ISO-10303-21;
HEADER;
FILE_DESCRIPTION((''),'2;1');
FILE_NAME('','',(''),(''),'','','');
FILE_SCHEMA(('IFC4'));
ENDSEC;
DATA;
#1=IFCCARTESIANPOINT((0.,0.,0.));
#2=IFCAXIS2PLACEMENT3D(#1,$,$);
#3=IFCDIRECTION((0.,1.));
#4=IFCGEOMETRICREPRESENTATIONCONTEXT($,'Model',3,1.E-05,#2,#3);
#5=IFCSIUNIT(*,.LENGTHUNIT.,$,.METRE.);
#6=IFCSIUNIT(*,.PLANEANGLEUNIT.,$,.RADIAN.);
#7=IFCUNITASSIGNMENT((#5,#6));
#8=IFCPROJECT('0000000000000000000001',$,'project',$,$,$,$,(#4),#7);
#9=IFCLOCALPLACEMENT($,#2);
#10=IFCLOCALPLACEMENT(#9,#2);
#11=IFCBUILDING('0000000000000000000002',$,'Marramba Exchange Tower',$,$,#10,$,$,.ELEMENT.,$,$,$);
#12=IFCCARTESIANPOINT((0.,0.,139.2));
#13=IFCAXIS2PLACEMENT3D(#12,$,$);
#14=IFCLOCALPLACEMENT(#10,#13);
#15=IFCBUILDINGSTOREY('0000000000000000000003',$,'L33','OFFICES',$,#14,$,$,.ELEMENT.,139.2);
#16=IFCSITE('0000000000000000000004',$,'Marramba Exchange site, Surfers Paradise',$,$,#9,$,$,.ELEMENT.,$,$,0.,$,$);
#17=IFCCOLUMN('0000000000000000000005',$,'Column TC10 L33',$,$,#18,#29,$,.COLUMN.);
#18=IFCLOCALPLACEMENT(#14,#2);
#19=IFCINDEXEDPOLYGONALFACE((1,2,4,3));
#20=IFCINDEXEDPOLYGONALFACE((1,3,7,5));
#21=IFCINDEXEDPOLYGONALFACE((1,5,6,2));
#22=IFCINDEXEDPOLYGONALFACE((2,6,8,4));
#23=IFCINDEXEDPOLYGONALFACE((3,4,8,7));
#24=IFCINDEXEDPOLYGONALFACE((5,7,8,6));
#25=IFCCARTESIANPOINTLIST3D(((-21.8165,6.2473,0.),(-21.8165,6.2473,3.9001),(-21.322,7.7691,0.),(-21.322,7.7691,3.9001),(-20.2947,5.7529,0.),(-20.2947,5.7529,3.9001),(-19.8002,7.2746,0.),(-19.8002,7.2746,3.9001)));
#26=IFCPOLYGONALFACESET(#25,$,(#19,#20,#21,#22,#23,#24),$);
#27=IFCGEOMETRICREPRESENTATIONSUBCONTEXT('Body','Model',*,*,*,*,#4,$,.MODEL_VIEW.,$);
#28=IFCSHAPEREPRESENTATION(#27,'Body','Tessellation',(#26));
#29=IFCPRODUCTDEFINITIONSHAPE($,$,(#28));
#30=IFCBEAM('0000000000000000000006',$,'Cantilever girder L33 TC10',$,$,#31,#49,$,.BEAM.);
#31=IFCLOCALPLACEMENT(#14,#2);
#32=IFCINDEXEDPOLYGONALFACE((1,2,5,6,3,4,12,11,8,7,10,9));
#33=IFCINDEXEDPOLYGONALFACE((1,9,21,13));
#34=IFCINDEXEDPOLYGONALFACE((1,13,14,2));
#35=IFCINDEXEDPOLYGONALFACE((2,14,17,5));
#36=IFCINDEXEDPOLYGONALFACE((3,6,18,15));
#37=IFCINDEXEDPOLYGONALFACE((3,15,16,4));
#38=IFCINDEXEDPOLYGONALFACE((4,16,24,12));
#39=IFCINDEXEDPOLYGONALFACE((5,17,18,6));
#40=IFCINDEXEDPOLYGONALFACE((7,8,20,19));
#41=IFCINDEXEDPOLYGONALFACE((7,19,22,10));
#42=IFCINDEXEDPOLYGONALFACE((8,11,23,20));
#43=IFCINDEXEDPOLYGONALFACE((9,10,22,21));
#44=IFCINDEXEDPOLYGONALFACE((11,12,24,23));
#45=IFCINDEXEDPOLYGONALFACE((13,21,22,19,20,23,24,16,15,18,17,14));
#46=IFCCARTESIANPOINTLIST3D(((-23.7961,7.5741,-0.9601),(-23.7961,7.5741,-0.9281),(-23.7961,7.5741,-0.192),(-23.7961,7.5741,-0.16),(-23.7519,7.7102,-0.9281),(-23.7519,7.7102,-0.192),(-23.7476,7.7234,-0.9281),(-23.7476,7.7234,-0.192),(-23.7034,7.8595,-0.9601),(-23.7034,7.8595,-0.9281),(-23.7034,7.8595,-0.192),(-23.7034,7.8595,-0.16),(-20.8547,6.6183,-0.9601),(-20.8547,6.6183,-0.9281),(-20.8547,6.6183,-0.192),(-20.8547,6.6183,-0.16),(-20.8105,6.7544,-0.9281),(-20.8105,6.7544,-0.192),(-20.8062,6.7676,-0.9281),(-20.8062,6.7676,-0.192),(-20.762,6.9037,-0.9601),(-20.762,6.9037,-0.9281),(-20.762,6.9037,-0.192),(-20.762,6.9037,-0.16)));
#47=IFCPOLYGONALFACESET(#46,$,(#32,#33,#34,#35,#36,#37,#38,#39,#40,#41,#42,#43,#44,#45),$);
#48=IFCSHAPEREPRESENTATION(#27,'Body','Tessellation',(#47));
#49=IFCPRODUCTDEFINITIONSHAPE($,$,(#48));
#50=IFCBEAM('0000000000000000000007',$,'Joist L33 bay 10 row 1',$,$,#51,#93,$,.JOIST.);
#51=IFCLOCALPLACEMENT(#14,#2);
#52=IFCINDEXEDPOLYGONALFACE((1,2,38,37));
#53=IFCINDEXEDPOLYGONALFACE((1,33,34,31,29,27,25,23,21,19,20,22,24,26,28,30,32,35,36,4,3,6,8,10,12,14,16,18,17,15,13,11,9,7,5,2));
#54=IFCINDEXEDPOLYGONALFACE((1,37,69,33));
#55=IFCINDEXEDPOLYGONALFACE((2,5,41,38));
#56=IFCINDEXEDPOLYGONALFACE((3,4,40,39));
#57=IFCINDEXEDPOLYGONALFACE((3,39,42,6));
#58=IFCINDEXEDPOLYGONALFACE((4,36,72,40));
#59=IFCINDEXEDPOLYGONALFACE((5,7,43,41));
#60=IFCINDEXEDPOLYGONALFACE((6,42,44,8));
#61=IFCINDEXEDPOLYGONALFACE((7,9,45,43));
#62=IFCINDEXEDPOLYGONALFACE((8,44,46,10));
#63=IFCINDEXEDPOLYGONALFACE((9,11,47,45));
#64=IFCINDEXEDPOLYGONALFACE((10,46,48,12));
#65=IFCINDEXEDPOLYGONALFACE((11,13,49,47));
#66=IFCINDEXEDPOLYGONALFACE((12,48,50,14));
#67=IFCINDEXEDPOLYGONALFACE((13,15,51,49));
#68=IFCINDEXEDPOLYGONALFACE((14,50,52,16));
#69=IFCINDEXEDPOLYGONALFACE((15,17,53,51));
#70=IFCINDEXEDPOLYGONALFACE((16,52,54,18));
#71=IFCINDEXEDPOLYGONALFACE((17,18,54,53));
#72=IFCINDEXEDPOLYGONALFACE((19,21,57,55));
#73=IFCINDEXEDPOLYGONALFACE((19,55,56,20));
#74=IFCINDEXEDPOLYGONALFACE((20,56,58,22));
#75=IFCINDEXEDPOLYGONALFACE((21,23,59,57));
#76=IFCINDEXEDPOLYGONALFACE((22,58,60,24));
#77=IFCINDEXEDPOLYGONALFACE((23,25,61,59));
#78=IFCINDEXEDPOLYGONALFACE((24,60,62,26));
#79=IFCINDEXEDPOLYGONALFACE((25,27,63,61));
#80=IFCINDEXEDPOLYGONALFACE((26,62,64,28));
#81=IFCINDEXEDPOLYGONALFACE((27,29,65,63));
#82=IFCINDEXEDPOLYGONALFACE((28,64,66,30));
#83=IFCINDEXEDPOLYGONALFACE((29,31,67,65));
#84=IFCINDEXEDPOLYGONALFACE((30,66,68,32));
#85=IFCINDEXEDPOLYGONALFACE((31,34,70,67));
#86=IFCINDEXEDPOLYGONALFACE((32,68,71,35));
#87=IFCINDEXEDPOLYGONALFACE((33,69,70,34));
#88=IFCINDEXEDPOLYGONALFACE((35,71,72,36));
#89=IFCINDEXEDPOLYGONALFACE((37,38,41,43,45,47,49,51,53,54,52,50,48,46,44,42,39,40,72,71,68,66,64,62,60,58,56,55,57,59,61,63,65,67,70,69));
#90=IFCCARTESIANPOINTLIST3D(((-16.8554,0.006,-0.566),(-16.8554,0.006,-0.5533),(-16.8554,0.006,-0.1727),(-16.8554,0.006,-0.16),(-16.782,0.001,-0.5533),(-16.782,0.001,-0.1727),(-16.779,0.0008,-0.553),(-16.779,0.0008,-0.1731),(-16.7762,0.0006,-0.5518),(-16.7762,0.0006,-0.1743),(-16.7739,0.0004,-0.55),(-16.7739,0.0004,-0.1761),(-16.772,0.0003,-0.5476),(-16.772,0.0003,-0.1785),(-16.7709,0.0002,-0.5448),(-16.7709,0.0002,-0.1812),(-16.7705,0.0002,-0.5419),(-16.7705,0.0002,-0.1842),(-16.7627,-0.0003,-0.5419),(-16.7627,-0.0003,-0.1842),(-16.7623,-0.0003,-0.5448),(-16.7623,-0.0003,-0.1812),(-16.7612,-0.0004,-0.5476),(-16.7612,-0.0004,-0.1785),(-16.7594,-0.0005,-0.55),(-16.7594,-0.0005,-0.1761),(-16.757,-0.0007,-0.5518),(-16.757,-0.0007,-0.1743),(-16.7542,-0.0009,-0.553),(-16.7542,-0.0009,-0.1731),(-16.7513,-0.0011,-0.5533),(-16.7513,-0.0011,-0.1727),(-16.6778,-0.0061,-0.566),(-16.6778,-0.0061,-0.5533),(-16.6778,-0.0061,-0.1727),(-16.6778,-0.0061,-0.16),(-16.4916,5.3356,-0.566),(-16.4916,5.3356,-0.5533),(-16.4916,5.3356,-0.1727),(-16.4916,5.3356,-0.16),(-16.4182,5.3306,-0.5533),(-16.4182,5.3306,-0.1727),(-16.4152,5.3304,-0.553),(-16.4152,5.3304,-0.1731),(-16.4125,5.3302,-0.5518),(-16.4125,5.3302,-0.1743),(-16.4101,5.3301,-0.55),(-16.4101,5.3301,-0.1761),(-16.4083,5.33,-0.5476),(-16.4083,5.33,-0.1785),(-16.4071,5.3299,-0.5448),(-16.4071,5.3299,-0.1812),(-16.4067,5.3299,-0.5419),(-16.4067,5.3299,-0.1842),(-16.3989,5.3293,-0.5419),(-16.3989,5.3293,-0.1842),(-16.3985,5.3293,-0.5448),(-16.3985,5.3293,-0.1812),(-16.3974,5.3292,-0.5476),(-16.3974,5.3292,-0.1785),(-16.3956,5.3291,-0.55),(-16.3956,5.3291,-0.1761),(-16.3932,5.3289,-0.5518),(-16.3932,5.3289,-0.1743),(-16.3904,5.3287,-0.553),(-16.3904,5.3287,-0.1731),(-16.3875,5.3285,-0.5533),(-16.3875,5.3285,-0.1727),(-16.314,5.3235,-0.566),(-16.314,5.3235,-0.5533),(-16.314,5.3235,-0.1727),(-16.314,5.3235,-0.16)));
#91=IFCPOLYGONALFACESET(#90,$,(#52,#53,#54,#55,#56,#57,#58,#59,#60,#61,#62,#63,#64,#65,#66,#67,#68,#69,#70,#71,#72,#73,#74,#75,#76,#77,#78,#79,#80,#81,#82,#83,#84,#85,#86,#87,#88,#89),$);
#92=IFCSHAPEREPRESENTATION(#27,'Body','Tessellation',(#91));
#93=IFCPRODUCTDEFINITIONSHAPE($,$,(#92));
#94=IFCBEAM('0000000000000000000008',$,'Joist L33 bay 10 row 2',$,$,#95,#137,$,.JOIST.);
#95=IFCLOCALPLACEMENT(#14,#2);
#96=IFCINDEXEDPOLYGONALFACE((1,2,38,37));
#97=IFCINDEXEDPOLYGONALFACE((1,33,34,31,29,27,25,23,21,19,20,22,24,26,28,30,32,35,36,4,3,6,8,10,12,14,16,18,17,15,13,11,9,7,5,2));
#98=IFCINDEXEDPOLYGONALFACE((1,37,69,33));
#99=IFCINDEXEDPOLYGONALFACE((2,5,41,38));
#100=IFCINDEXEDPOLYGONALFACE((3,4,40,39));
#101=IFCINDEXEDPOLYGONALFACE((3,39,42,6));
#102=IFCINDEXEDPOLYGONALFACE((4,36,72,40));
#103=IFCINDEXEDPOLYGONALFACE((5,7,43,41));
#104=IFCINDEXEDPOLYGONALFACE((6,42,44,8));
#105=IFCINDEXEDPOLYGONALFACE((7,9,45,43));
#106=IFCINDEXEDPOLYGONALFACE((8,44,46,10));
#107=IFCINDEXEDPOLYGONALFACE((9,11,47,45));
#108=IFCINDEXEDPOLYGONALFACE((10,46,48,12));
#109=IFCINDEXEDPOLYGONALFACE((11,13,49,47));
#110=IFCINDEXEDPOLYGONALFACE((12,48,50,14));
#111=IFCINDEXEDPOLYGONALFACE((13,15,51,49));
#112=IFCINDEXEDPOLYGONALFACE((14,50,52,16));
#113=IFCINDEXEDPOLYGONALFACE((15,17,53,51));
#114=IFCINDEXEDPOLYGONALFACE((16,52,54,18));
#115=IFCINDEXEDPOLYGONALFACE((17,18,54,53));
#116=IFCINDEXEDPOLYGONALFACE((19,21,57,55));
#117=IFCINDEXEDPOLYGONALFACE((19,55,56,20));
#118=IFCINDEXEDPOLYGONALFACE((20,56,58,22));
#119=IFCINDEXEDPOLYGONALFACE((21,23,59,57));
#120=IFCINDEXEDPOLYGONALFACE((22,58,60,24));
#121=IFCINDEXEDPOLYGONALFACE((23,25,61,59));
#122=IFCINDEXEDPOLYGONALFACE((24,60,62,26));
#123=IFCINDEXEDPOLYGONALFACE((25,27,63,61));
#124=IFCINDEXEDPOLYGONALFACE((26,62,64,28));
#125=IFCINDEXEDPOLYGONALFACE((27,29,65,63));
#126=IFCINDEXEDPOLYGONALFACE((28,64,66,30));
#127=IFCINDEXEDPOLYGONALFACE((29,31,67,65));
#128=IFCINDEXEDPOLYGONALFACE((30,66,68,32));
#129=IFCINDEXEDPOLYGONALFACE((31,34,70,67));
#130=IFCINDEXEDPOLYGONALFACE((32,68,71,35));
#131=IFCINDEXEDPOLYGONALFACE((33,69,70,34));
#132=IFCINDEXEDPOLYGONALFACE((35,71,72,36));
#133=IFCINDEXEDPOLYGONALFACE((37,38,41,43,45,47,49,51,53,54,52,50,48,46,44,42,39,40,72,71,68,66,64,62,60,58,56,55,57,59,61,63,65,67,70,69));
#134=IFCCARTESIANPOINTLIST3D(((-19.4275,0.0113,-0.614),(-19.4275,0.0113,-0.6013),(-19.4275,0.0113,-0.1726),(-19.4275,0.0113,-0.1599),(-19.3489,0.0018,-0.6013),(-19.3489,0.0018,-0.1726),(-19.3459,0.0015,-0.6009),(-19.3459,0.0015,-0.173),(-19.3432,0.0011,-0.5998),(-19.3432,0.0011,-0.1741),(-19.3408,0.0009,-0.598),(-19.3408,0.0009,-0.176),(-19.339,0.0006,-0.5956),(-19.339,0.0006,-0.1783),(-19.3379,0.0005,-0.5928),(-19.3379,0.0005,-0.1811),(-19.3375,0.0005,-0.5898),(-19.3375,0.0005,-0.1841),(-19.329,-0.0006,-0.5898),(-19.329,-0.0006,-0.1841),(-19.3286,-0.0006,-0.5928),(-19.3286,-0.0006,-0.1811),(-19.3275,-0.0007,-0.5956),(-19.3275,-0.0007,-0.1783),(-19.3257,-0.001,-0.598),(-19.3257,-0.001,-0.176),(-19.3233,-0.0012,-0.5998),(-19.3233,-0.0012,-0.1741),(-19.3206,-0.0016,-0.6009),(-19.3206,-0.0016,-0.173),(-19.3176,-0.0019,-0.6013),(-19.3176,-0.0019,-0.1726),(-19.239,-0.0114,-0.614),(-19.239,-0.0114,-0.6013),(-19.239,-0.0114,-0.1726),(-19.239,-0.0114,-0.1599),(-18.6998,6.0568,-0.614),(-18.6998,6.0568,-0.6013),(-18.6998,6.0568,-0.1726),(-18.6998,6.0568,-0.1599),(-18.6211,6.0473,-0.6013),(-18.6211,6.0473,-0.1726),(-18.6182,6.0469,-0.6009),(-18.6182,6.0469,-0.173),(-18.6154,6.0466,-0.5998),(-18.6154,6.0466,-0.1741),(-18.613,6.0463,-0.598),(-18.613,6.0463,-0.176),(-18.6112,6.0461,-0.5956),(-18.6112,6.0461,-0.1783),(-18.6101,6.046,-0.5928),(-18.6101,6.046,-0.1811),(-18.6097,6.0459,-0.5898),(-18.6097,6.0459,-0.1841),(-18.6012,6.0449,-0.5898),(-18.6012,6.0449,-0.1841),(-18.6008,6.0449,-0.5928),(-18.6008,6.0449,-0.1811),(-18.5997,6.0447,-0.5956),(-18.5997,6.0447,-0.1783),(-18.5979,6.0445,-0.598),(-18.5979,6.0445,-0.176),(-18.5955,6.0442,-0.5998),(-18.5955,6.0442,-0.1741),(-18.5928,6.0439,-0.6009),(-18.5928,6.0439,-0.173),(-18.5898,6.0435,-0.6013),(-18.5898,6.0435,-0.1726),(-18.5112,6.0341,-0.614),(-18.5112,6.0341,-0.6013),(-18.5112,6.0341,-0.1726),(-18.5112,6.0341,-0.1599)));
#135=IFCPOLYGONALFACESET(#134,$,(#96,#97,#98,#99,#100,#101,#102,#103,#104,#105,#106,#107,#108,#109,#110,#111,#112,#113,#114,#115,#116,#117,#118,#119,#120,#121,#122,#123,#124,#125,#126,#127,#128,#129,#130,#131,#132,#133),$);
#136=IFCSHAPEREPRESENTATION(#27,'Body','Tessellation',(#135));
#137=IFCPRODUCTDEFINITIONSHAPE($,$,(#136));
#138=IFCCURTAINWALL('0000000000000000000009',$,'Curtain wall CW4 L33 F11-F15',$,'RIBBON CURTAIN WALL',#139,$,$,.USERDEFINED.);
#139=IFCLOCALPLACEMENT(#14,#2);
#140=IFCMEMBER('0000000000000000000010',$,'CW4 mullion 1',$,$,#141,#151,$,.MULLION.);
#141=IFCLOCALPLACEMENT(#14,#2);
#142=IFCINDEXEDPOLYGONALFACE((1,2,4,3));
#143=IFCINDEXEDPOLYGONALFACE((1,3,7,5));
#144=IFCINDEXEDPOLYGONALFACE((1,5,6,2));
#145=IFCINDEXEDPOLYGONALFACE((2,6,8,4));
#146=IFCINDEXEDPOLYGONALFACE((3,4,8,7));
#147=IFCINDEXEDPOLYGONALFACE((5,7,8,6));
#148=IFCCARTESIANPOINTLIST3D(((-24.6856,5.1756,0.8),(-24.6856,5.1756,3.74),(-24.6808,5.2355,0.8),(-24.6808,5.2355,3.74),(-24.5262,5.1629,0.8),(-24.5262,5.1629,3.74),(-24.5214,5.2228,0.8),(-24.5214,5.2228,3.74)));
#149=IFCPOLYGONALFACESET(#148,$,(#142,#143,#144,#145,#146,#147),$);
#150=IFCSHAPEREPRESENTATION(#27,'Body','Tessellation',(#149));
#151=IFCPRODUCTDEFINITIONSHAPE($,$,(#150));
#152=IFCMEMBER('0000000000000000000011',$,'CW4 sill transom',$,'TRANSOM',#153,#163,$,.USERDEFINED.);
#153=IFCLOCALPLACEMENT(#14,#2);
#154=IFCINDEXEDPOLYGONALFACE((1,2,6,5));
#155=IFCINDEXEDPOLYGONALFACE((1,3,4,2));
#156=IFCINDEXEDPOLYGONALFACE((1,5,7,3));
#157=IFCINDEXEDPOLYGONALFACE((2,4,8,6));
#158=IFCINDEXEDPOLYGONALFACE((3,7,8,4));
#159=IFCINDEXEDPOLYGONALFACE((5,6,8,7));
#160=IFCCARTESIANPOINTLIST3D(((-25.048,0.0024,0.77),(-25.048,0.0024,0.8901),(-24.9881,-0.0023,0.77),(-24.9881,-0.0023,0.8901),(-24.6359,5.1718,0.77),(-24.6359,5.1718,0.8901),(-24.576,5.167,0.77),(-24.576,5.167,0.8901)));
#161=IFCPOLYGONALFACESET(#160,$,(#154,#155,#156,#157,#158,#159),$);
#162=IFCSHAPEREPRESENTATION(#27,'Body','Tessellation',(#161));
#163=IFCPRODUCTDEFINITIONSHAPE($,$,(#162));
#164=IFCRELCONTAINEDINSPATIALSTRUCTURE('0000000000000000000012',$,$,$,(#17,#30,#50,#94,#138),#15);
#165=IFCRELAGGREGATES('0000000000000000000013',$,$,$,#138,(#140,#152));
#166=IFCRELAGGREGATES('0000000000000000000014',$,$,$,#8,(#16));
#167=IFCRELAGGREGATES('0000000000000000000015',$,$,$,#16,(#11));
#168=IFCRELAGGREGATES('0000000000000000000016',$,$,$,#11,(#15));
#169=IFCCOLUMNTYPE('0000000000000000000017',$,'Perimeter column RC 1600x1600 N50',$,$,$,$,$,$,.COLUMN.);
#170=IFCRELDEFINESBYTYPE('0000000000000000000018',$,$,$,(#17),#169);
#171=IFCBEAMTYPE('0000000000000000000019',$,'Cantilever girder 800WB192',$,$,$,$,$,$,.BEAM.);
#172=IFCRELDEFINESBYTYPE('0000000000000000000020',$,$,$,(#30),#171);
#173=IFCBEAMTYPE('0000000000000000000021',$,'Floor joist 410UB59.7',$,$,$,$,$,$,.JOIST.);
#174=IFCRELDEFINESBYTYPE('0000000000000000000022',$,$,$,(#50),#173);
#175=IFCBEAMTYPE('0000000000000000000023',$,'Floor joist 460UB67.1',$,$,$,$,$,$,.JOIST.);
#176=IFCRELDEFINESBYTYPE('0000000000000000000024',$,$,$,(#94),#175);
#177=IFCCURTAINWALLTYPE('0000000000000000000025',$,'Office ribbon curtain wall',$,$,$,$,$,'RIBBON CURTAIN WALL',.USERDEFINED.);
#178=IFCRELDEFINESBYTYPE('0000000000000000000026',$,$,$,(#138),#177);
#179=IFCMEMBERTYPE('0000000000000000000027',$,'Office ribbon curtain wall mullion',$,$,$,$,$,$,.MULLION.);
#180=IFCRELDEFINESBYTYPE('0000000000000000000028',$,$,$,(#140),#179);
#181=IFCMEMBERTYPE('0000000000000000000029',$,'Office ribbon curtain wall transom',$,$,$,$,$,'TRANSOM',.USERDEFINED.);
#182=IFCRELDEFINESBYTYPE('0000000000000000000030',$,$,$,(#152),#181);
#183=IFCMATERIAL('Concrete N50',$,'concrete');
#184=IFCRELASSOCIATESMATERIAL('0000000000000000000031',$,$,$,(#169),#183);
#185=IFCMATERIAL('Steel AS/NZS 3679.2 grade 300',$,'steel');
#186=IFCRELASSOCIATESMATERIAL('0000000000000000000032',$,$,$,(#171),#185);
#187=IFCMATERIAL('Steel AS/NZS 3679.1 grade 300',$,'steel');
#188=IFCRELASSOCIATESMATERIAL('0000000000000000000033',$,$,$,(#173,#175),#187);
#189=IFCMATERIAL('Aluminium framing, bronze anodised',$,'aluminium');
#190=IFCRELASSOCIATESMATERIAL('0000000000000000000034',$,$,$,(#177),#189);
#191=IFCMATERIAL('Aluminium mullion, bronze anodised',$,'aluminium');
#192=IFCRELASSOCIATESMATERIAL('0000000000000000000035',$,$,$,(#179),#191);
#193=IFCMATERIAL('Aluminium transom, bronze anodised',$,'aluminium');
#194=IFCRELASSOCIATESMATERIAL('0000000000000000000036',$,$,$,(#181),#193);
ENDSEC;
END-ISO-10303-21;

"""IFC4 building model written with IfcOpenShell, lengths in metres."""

from ifc_helpers import new_model, si_unit, direction, frame, origin, origin_2d, place, context, subcontext, project, spatial, rectangle, i_section, extrude, material, material_profile, profile_set, type_object, element, aggregate, save


model = new_model("IFC4")

# Units and contexts
model_context = context("Model", 3, precision=1e-05, world=origin(), true_north=direction((0.0, 1.0)))
body_context = subcontext(model_context, "Body", "Model", "MODEL_VIEW")
ifc_project = project(units=[si_unit("LENGTHUNIT", "METRE"), si_unit("PLANEANGLEUNIT", "RADIAN")], contexts=[model_context])

# Site, building, storey
site_placement = place(None, origin())
site = spatial("IfcSite", under=ifc_project, at=site_placement, Name="Marramba Exchange site, Surfers Paradise", CompositionType="ELEMENT", RefElevation=0.0)
building_placement = place(site_placement, origin())
building = spatial("IfcBuilding", under=site, at=building_placement, Name="Marramba Exchange Tower", CompositionType="ELEMENT")
storey_placement = place(building_placement, frame((0.0, 0.0, 139.2)))
storey = spatial("IfcBuildingStorey", under=building, at=storey_placement, Name="L33", Description="OFFICES", CompositionType="ELEMENT", Elevation=139.2)

# Column
ifc_material_1 = material(Name="Concrete N50", Category="concrete")
ifc_material_profile_1 = material_profile(ifc_material_1, rectangle(XDim=1.6001, YDim=1.6001, at=origin_2d()), Name="RC 1600x1600")
ifc_profile_set_1 = profile_set([ifc_material_profile_1], Name="Concrete N50")
column_type = type_object("IfcColumnType", Name="Perimeter column RC 1600x1600 N50", PredefinedType="COLUMN", material=ifc_profile_set_1)
column_placement = place(storey_placement, frame((-20.8083, 6.761, 0.0), z_axis=(0.0, 0.0, 1.0), x_axis=(-0.951057, 0.309017, 0.0)))
element("IfcColumn", 1, at=column_placement, inside=storey, type_object=column_type, Name="Column TC10 L33", PredefinedType="COLUMN", context=body_context, shape_type="SweptSolid", body=[
    extrude(rectangle(XDim=1.6001, YDim=1.6001, at=origin_2d()), origin(), (0.0, 0.0, 1.0), 3.9001),
])

# Beams
ifc_material_2 = material(Name="Steel AS/NZS 3679.2 grade 300", Category="steel")
ifc_material_profile_2 = material_profile(ifc_material_2, i_section(OverallWidth=0.3, OverallDepth=0.8, WebThickness=0.0139, FlangeThickness=0.032, at=origin_2d()), Name="800WB192")
ifc_profile_set_2 = profile_set([ifc_material_profile_2], Name="Steel AS/NZS 3679.2 grade 300")
beam_type_1 = type_object("IfcBeamType", Name="Cantilever girder 800WB192", PredefinedType="BEAM", material=ifc_profile_set_2)
beam_1_placement = place(storey_placement, frame((-20.8083, 6.761, -0.5601), z_axis=(-0.951048, 0.309043, 0.0), x_axis=(-0.309043, -0.951048, 0.0)))
element("IfcBeam", 2, at=beam_1_placement, inside=storey, type_object=beam_type_1, Name="Cantilever girder L33 TC10", PredefinedType="BEAM", context=body_context, shape_type="SweptSolid", body=[
    extrude(i_section(OverallWidth=0.3, OverallDepth=0.8, WebThickness=0.0139, FlangeThickness=0.032, at=origin_2d()), origin(), (0.0, 0.0, 1.0), 3.0928),
])
ifc_material_3 = material(Name="Steel AS/NZS 3679.1 grade 300", Category="steel")
ifc_material_profile_3 = material_profile(ifc_material_3, i_section(OverallWidth=0.178, OverallDepth=0.406, WebThickness=0.0078, FlangeThickness=0.0127, FilletRadius=0.0115, at=origin_2d()), Name="410UB59.7")
ifc_profile_set_3 = profile_set([ifc_material_profile_3], Name="Steel AS/NZS 3679.1 grade 300")
beam_type_2 = type_object("IfcBeamType", Name="Floor joist 410UB59.7", PredefinedType="JOIST", material=ifc_profile_set_3)
beam_2_placement = place(storey_placement, frame((-16.4028, 5.3296, -0.363), z_axis=(-0.068096, -0.997679, 0.0), x_axis=(0.997679, -0.068096, 0.0)))
element("IfcBeam", 3, at=beam_2_placement, inside=storey, type_object=beam_type_2, Name="Joist L33 bay 10 row 1", PredefinedType="JOIST", context=body_context, shape_type="SweptSolid", body=[
    extrude(i_section(OverallWidth=0.178, OverallDepth=0.406, WebThickness=0.0078, FlangeThickness=0.0127, FilletRadius=0.0115, at=origin_2d()), origin(), (0.0, 0.0, 1.0), 5.342),
])
ifc_material_profile_4 = material_profile(ifc_material_3, i_section(OverallWidth=0.1899, OverallDepth=0.4541, WebThickness=0.0085, FlangeThickness=0.0127, FilletRadius=0.0115, at=origin_2d()), Name="460UB67.1")
ifc_profile_set_4 = profile_set([ifc_material_profile_4], Name="Steel AS/NZS 3679.1 grade 300")
beam_type_3 = type_object("IfcBeamType", Name="Floor joist 460UB67.1", PredefinedType="JOIST", material=ifc_profile_set_4)
beam_3_placement = place(storey_placement, frame((-18.6055, 6.0454, -0.387), z_axis=(-0.119523, -0.992831, 0.0), x_axis=(0.992831, -0.119523, 0.0)))
element("IfcBeam", 4, at=beam_3_placement, inside=storey, type_object=beam_type_3, Name="Joist L33 bay 10 row 2", PredefinedType="JOIST", context=body_context, shape_type="SweptSolid", body=[
    extrude(i_section(OverallWidth=0.1899, OverallDepth=0.4541, WebThickness=0.0085, FlangeThickness=0.0127, FilletRadius=0.0115, at=origin_2d()), origin(), (0.0, 0.0, 1.0), 6.0891),
])

# Curtain wall, members
ifc_material_4 = material(Name="Aluminium framing, bronze anodised", Category="aluminium")
curtain_wall_type = type_object("IfcCurtainWallType", Name="Office ribbon curtain wall", ElementType="RIBBON CURTAIN WALL", PredefinedType="USERDEFINED", material=ifc_material_4)
curtain_wall_placement = place(storey_placement, origin())
curtain_wall = element("IfcCurtainWall", 5, at=curtain_wall_placement, inside=storey, type_object=curtain_wall_type, Name="Curtain wall CW4 L33 F11-F15", ObjectType="RIBBON CURTAIN WALL", PredefinedType="USERDEFINED")
ifc_material_5 = material(Name="Aluminium mullion, bronze anodised", Category="aluminium")
ifc_material_profile_5 = material_profile(ifc_material_5, rectangle(XDim=0.1599, YDim=0.0601, at=origin_2d()), Name="CW4 mullion 60x160")
ifc_profile_set_5 = profile_set([ifc_material_profile_5], Name="Aluminium mullion, bronze anodised")
member_type_1 = type_object("IfcMemberType", Name="Office ribbon curtain wall mullion", PredefinedType="MULLION", material=ifc_profile_set_5)
member_1_placement = place(storey_placement, frame((-24.6035, 5.1992, 0.8), z_axis=(0.0, 0.0, 1.0), x_axis=(0.996838, -0.07946, 0.0)))
member_1 = element("IfcMember", 6, at=member_1_placement, type_object=member_type_1, Name="CW4 mullion 1", PredefinedType="MULLION", context=body_context, shape_type="SweptSolid", body=[
    extrude(rectangle(XDim=0.1599, YDim=0.0601, at=origin_2d()), origin(), (0.0, 0.0, 1.0), 2.9399),
])
ifc_material_6 = material(Name="Aluminium transom, bronze anodised", Category="aluminium")
ifc_material_profile_6 = material_profile(ifc_material_6, rectangle(XDim=0.0601, YDim=0.1201, at=origin_2d()), Name="CW4 transom 60x120")
ifc_profile_set_6 = profile_set([ifc_material_profile_6], Name="Aluminium transom, bronze anodised")
member_type_2 = type_object("IfcMemberType", Name="Office ribbon curtain wall transom", ElementType="TRANSOM", PredefinedType="USERDEFINED", material=ifc_profile_set_6)
member_2_placement = place(storey_placement, frame((-24.606, 5.1694, 0.8301), z_axis=(-0.079468, -0.996837, 0.0), x_axis=(0.996837, -0.079468, 0.0)))
member_2 = element("IfcMember", 7, at=member_2_placement, type_object=member_type_2, Name="CW4 sill transom", ObjectType="TRANSOM", PredefinedType="USERDEFINED", context=body_context, shape_type="SweptSolid", body=[
    extrude(rectangle(XDim=0.0601, YDim=0.1201, at=origin_2d()), origin(), (0.0, 0.0, 1.0), 5.1858),
])

aggregate(curtain_wall, [member_1, member_2])

save(model, "model.ifc")
